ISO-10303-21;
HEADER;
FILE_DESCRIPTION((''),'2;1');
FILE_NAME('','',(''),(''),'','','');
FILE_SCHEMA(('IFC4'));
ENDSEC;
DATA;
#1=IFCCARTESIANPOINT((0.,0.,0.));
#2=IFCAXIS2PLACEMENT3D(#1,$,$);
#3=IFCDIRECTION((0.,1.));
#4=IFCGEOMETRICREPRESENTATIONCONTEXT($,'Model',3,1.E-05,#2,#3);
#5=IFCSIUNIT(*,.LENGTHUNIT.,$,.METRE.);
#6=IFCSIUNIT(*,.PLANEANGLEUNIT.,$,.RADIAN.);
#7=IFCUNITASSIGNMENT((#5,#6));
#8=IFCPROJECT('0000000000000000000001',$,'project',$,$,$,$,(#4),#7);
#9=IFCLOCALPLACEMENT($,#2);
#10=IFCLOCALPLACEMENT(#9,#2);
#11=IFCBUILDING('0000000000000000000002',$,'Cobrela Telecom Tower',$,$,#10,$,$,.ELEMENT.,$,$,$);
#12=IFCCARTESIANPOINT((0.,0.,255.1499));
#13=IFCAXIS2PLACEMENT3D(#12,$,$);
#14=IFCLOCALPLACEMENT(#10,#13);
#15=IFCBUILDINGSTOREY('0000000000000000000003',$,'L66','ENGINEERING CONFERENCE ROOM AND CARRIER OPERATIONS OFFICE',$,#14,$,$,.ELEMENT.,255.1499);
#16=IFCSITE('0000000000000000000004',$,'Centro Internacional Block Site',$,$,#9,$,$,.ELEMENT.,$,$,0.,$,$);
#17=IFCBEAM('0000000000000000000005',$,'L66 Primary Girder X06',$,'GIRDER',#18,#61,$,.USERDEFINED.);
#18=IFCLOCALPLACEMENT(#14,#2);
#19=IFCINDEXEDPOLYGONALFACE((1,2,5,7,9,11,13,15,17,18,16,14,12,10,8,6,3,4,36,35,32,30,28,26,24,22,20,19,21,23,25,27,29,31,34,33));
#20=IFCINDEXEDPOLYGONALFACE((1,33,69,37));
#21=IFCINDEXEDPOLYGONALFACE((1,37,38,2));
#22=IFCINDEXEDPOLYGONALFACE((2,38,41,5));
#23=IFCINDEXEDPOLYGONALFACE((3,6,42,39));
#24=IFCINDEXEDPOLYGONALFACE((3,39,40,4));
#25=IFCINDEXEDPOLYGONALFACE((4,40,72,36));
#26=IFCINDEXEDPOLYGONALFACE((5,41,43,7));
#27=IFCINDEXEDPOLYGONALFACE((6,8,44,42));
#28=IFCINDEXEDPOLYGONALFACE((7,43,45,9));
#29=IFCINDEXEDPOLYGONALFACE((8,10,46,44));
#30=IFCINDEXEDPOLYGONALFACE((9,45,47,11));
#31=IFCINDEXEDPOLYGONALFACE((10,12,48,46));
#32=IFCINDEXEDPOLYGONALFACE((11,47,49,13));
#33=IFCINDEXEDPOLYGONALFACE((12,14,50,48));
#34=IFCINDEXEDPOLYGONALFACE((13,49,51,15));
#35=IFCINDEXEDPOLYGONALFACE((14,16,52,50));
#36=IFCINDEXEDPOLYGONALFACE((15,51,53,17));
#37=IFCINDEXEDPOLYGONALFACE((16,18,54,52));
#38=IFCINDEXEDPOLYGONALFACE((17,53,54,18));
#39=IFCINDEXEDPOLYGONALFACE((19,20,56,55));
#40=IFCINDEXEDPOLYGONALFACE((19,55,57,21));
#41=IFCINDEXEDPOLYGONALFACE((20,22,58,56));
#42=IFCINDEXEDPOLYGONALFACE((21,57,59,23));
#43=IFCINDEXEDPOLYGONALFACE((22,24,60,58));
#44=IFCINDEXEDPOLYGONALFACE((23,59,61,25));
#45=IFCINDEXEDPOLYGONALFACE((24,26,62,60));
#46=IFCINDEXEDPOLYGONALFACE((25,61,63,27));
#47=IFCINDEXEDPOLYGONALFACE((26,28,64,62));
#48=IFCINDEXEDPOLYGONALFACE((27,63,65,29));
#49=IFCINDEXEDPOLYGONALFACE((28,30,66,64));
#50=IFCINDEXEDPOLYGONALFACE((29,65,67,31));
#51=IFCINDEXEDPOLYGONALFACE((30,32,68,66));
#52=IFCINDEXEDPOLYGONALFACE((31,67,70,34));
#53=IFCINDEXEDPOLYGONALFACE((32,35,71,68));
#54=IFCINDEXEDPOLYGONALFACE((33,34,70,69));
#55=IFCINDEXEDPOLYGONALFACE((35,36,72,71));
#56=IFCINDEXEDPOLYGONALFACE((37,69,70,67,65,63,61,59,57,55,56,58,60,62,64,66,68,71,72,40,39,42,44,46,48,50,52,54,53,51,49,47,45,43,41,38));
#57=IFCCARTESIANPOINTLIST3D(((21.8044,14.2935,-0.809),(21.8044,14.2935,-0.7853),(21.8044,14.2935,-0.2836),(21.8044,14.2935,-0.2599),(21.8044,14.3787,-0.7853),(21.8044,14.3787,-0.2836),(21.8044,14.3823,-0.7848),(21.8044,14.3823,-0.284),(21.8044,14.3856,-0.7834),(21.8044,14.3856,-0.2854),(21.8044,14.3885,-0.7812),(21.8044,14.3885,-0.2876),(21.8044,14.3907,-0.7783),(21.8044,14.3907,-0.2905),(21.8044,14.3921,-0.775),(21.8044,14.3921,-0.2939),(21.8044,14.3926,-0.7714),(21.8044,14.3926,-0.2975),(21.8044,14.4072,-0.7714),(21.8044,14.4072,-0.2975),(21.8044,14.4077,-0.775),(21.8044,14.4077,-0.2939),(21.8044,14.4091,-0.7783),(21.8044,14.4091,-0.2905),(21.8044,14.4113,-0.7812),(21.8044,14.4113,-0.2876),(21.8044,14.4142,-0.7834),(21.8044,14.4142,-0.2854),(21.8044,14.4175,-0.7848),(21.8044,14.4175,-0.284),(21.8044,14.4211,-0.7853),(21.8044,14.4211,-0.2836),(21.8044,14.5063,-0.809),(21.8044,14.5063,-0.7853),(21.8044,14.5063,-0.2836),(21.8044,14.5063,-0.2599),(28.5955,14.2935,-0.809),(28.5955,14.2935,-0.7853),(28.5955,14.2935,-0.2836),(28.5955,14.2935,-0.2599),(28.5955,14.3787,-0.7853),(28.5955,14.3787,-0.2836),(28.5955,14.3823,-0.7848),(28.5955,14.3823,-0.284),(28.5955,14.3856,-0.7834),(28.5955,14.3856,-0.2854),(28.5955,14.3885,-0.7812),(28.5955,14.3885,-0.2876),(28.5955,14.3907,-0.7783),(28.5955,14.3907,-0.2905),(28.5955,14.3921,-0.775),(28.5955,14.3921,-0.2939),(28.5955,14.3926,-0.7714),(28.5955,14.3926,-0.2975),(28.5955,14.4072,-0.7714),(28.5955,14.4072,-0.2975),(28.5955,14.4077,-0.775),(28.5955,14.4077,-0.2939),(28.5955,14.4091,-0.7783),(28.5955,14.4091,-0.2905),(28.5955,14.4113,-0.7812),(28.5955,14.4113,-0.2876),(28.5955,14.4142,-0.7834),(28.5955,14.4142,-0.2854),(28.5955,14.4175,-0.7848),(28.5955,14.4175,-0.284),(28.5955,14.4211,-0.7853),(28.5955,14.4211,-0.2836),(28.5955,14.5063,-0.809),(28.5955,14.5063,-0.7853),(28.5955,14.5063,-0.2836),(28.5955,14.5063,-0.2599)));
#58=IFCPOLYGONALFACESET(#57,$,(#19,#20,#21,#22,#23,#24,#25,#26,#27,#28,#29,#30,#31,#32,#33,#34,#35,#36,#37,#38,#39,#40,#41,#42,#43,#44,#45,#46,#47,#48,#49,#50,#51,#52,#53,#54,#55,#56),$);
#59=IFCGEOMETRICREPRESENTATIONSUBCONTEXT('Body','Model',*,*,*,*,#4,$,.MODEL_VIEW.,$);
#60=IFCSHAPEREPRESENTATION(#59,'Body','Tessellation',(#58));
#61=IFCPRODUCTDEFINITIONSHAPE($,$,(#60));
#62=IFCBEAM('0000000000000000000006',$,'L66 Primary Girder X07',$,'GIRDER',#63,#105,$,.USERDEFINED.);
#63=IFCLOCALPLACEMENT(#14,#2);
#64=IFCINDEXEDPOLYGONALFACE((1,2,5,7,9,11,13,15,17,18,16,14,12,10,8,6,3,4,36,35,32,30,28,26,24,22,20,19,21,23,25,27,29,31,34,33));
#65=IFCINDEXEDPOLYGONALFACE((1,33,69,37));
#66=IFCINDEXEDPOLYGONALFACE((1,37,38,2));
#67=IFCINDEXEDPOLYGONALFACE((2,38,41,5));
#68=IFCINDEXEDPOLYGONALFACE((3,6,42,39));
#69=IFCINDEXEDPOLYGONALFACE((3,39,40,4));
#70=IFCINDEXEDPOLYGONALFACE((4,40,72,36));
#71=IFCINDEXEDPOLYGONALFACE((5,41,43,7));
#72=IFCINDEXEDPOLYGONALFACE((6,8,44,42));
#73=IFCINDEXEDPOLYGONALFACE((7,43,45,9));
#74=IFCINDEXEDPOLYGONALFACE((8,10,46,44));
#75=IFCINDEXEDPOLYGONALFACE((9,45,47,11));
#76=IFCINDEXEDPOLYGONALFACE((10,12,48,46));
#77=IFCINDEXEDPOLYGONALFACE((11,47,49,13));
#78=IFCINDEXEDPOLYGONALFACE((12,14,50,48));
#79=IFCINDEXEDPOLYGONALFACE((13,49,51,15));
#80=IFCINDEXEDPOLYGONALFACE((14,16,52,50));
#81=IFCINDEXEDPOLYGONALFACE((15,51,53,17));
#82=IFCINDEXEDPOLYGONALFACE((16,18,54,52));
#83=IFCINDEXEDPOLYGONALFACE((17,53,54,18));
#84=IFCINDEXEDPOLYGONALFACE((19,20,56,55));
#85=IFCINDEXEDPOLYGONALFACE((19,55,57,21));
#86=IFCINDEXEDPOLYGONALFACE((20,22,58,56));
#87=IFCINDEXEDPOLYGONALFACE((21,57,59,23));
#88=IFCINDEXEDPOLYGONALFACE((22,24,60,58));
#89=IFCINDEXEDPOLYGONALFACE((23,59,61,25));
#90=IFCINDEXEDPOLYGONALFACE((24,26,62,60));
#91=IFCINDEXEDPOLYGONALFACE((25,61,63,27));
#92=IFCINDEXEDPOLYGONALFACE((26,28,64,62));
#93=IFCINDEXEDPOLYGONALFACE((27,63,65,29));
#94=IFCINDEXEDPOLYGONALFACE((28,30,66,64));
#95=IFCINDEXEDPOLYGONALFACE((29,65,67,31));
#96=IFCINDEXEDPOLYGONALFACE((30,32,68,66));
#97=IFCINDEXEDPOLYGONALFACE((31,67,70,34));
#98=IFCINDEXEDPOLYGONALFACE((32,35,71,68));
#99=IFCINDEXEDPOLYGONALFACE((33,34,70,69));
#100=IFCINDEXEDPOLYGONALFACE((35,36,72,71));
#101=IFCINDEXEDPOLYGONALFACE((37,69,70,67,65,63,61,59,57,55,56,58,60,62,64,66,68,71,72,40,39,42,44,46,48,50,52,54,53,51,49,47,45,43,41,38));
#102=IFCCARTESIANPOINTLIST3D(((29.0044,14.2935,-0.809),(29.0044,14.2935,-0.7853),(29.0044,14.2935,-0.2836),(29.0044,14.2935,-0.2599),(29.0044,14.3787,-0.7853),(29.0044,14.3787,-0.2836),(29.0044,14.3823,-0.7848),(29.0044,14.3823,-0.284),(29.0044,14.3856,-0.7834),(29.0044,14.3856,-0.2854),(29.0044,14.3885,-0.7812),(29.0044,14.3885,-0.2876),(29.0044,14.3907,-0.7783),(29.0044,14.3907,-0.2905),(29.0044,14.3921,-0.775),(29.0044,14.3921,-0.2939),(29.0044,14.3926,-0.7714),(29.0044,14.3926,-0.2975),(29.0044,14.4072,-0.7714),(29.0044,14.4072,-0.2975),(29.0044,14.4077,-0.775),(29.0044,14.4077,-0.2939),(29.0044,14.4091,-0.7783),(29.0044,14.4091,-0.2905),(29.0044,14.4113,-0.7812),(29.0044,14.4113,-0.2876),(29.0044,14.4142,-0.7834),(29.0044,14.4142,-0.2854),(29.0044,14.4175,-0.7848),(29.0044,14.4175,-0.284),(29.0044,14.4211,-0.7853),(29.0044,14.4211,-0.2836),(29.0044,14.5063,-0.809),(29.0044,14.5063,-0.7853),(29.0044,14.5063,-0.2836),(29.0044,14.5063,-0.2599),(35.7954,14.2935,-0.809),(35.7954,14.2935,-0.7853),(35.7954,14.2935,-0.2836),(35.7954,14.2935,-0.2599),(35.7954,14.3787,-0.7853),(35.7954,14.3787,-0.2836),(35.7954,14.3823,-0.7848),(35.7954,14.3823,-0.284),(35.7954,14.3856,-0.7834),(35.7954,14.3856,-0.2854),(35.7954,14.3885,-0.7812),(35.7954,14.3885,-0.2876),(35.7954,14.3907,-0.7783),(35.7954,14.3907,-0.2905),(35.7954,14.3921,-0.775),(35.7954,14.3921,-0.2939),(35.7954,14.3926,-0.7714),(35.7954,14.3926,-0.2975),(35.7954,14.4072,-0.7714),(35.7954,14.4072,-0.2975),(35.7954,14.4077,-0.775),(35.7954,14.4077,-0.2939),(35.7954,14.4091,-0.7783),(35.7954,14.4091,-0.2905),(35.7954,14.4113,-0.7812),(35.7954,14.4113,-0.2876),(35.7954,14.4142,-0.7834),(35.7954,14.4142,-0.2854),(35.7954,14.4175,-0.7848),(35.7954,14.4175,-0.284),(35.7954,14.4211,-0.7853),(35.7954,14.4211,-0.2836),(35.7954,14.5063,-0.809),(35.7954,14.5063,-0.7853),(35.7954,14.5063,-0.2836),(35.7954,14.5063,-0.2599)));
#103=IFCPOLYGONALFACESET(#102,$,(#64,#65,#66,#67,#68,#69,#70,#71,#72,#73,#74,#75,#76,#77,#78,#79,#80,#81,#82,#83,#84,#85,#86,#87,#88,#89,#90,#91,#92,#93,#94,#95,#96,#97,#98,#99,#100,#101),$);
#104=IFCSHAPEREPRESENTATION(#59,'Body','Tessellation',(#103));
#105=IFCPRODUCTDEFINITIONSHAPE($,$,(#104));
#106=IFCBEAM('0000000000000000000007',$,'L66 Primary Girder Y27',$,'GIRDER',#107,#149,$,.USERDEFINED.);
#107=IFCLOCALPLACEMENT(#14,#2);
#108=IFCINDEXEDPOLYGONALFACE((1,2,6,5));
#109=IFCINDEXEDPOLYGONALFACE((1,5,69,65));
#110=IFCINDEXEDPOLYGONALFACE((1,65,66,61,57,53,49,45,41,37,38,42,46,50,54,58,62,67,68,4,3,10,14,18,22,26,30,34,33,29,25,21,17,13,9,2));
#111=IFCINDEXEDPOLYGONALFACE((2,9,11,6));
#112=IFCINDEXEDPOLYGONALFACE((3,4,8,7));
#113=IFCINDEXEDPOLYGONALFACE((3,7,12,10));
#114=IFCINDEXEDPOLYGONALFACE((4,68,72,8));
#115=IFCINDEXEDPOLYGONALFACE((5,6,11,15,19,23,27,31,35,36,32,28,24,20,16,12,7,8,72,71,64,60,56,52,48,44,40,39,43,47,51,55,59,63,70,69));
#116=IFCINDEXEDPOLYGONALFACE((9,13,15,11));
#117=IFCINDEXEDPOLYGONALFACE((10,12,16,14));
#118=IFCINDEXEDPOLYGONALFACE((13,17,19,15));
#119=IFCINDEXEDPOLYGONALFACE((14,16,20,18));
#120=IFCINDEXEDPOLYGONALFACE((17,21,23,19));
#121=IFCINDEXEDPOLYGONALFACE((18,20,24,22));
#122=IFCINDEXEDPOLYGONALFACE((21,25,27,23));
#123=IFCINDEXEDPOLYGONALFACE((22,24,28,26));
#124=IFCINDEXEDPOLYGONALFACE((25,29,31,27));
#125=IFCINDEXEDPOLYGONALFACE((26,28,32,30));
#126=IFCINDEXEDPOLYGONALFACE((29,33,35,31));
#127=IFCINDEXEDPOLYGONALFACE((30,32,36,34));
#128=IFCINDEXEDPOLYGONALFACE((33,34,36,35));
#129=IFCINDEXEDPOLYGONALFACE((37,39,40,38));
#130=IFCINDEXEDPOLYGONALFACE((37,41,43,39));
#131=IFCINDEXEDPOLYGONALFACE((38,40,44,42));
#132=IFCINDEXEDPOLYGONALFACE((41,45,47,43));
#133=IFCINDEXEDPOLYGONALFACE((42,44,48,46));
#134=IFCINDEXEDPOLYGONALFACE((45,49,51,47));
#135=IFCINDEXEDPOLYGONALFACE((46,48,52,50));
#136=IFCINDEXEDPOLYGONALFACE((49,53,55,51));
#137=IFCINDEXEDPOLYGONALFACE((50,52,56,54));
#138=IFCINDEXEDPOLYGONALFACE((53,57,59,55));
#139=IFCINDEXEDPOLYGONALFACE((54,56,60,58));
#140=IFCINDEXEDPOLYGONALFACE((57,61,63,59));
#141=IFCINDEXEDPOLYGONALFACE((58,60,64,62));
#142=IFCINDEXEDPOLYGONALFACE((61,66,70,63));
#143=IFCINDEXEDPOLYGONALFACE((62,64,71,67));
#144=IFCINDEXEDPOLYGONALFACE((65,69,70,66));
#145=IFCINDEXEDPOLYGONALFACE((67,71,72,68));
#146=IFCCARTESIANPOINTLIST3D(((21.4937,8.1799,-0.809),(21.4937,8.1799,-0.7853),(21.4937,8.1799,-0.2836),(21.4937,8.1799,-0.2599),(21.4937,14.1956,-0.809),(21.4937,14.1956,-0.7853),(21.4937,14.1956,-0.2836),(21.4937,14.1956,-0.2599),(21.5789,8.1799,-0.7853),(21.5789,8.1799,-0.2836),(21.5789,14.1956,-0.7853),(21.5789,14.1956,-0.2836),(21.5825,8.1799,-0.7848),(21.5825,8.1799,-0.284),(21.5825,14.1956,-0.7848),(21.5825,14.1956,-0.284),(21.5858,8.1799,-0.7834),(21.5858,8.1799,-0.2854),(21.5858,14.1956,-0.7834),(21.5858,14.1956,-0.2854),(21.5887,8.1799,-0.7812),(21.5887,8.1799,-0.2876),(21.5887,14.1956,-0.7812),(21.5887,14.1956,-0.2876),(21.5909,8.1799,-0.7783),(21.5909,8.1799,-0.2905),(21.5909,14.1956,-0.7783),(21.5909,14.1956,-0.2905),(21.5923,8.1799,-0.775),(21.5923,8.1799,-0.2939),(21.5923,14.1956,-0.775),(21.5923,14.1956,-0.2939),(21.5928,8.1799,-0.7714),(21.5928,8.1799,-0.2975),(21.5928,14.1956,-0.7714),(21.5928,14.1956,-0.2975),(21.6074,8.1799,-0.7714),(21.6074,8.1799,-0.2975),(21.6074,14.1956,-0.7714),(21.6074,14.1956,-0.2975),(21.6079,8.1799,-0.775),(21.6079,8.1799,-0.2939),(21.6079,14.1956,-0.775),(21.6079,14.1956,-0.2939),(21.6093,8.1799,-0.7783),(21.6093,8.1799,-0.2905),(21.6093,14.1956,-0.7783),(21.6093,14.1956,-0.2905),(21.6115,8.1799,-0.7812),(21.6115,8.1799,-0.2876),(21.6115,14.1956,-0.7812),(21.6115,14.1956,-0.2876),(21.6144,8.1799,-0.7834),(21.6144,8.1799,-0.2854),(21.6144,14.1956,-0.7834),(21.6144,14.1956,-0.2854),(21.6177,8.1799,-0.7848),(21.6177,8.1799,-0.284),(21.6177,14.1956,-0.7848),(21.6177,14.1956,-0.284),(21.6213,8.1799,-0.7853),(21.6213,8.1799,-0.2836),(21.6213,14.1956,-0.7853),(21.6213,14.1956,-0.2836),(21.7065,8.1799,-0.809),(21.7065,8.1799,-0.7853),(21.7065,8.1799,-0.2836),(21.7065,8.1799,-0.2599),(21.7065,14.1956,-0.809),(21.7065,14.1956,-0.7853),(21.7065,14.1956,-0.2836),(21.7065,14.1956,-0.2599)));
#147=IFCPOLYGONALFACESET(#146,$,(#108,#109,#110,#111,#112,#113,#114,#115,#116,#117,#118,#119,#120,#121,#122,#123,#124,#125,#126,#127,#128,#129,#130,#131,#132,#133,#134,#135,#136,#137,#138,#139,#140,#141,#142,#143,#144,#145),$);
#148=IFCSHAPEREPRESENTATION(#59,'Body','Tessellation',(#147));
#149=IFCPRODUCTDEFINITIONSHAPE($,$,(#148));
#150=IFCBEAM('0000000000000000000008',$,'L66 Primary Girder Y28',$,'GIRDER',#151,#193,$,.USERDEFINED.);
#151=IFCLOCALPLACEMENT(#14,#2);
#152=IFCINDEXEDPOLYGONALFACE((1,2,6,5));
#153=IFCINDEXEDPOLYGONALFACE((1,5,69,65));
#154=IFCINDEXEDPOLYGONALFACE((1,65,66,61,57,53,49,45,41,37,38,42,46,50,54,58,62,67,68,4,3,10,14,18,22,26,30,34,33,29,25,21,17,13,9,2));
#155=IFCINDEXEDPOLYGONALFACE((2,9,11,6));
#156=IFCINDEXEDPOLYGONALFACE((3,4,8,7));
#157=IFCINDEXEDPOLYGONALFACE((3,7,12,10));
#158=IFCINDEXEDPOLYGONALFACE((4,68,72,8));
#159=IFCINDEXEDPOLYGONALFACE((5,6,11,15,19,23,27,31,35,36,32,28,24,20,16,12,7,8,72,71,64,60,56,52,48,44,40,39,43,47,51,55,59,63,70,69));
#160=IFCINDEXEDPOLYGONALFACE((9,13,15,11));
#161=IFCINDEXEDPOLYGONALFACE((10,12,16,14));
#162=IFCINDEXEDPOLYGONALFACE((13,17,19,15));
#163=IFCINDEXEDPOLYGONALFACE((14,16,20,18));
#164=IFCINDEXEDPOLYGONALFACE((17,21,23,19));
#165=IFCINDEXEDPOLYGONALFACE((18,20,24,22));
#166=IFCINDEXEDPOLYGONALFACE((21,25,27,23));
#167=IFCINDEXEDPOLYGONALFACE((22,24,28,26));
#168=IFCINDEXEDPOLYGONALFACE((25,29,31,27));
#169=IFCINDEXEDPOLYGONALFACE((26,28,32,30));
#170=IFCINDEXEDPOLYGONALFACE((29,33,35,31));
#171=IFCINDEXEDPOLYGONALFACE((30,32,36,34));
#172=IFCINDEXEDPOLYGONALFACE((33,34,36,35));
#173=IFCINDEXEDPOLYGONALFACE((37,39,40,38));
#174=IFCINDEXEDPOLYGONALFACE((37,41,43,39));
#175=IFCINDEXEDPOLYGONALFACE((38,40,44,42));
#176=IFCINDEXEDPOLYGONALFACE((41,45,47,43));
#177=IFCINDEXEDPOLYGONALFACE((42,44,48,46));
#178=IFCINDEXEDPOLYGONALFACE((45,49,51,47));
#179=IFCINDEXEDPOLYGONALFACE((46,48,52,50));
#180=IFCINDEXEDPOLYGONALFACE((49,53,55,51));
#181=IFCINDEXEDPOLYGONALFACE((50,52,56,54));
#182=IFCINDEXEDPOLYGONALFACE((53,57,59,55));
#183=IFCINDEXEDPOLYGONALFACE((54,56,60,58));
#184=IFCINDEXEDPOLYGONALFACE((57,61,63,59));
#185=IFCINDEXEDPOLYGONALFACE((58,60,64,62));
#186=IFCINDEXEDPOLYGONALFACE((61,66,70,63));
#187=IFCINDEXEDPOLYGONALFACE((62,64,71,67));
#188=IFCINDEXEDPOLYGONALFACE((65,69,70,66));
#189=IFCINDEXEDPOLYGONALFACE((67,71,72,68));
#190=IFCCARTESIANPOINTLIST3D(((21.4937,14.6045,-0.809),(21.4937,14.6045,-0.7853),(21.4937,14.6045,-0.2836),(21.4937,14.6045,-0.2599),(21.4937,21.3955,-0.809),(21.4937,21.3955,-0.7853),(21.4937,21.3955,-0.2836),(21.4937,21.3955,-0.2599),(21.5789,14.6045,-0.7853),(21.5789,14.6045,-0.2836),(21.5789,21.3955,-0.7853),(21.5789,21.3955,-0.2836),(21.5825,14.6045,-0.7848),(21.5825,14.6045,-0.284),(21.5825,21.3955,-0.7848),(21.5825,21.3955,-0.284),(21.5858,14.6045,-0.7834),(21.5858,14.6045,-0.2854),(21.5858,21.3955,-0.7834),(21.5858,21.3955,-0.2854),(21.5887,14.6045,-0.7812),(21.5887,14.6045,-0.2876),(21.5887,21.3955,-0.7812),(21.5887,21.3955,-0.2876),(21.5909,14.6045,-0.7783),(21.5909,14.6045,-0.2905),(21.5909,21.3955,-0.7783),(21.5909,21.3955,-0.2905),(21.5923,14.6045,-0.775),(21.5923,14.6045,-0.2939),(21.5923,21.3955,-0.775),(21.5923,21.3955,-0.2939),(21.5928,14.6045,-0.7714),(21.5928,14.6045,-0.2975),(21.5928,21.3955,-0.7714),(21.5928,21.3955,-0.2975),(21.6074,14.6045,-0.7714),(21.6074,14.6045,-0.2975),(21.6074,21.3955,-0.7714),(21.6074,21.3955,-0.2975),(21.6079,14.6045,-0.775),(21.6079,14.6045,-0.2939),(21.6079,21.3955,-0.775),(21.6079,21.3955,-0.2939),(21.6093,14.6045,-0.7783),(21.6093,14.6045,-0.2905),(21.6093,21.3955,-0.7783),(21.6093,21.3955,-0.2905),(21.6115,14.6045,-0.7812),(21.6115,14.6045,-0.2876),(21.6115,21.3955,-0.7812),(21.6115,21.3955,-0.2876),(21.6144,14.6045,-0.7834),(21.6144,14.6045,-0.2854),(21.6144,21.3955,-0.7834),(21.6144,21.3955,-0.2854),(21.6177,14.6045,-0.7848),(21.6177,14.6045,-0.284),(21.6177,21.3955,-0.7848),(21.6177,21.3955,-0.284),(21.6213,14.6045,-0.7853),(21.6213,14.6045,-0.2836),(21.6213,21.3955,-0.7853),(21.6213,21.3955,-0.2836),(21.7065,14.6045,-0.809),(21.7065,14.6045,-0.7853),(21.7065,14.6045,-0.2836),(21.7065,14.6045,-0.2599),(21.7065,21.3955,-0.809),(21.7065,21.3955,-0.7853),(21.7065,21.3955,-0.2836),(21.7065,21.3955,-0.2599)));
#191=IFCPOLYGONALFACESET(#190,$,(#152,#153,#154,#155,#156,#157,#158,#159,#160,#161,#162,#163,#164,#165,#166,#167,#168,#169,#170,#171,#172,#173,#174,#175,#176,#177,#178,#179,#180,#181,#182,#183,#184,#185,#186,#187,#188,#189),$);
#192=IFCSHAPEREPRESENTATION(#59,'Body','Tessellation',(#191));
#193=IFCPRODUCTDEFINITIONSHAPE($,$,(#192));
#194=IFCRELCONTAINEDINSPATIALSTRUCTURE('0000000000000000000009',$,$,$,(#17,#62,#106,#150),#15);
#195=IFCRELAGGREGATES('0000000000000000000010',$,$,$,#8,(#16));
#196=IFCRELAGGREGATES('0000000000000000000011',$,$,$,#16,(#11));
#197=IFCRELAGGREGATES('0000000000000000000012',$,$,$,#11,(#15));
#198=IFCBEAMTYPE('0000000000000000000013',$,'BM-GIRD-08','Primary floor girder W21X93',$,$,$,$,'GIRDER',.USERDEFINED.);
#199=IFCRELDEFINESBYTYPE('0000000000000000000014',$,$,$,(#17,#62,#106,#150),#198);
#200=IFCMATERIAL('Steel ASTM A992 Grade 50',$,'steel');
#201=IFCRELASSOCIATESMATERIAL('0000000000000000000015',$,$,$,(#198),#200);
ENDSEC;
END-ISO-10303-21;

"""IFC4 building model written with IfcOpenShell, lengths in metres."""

from ifc_helpers import new_model, si_unit, direction, frame, origin, origin_2d, place, context, subcontext, project, spatial, i_section, extrude, material, material_profile, profile_set, type_object, element, save


model = new_model("IFC4")

# Units and contexts
model_context = context("Model", 3, precision=1e-05, world=origin(), true_north=direction((0.0, 1.0)))
body_context = subcontext(model_context, "Body", "Model", "MODEL_VIEW")
ifc_project = project(units=[si_unit("LENGTHUNIT", "METRE"), si_unit("PLANEANGLEUNIT", "RADIAN")], contexts=[model_context])

# Site, building, storey
site_placement = place(None, origin())
site = spatial("IfcSite", under=ifc_project, at=site_placement, Name="Centro Internacional Block Site", CompositionType="ELEMENT", RefElevation=0.0)
building_placement = place(site_placement, origin())
building = spatial("IfcBuilding", under=site, at=building_placement, Name="Cobrela Telecom Tower", CompositionType="ELEMENT")
storey_placement = place(building_placement, frame((0.0, 0.0, 255.1499)))
storey = spatial("IfcBuildingStorey", under=building, at=storey_placement, Name="L66", Description="ENGINEERING CONFERENCE ROOM AND CARRIER OPERATIONS OFFICE", CompositionType="ELEMENT", Elevation=255.1499)

# Shared definitions
ifc_material_1 = material(Name="Steel ASTM A992 Grade 50", Category="steel")

# Beams
ifc_material_profile_1 = material_profile(ifc_material_1, i_section(OverallWidth=0.2129, OverallDepth=0.5491, WebThickness=0.0146, FlangeThickness=0.0237, FilletRadius=0.0139, at=origin_2d()), Name="W21X93")
ifc_profile_set_1 = profile_set([ifc_material_profile_1], Name="Steel ASTM A992 Grade 50")
beam_type_1 = type_object("IfcBeamType", Name="BM-GIRD-08", Description="Primary floor girder W21X93", ElementType="GIRDER", PredefinedType="USERDEFINED", material=ifc_profile_set_1)
for number, where, z_axis, x_axis, name in (
    (1, (21.8044, 14.3999, -0.5344), (1.0, 0.0, 0.0), (0.0, 1.0, 0.0), "L66 Primary Girder X06"),
    (2, (29.0044, 14.3999, -0.5344), (1.0, 0.0, 0.0), (0.0, 1.0, 0.0), "L66 Primary Girder X07"),
):
    element("IfcBeam", number, at=place(storey_placement, frame(where, z_axis=z_axis, x_axis=x_axis)), inside=storey, type_object=beam_type_1, Name=name, ObjectType="GIRDER", PredefinedType="USERDEFINED", context=body_context, shape_type="SweptSolid", body=[
        extrude(i_section(OverallWidth=0.2129, OverallDepth=0.5491, WebThickness=0.0146, FlangeThickness=0.0237, FilletRadius=0.0139, at=origin_2d()), origin(), (0.0, 0.0, 1.0), 6.791),
    ])
beam_1_placement = place(storey_placement, frame((21.6001, 8.1799, -0.5344), z_axis=(0.0, 1.0, 0.0), x_axis=(-1.0, 0.0, 0.0)))
element("IfcBeam", 3, at=beam_1_placement, inside=storey, type_object=beam_type_1, Name="L66 Primary Girder Y27", ObjectType="GIRDER", PredefinedType="USERDEFINED", context=body_context, shape_type="SweptSolid", body=[
    extrude(i_section(OverallWidth=0.2129, OverallDepth=0.5491, WebThickness=0.0146, FlangeThickness=0.0237, FilletRadius=0.0139, at=origin_2d()), origin(), (0.0, 0.0, 1.0), 6.0156),
])
beam_2_placement = place(storey_placement, frame((21.6001, 14.6045, -0.5344), z_axis=(0.0, 1.0, 0.0), x_axis=(-1.0, 0.0, 0.0)))
element("IfcBeam", 4, at=beam_2_placement, inside=storey, type_object=beam_type_1, Name="L66 Primary Girder Y28", ObjectType="GIRDER", PredefinedType="USERDEFINED", context=body_context, shape_type="SweptSolid", body=[
    extrude(i_section(OverallWidth=0.2129, OverallDepth=0.5491, WebThickness=0.0146, FlangeThickness=0.0237, FilletRadius=0.0139, at=origin_2d()), origin(), (0.0, 0.0, 1.0), 6.791),
])

save(model, "model.ifc")
